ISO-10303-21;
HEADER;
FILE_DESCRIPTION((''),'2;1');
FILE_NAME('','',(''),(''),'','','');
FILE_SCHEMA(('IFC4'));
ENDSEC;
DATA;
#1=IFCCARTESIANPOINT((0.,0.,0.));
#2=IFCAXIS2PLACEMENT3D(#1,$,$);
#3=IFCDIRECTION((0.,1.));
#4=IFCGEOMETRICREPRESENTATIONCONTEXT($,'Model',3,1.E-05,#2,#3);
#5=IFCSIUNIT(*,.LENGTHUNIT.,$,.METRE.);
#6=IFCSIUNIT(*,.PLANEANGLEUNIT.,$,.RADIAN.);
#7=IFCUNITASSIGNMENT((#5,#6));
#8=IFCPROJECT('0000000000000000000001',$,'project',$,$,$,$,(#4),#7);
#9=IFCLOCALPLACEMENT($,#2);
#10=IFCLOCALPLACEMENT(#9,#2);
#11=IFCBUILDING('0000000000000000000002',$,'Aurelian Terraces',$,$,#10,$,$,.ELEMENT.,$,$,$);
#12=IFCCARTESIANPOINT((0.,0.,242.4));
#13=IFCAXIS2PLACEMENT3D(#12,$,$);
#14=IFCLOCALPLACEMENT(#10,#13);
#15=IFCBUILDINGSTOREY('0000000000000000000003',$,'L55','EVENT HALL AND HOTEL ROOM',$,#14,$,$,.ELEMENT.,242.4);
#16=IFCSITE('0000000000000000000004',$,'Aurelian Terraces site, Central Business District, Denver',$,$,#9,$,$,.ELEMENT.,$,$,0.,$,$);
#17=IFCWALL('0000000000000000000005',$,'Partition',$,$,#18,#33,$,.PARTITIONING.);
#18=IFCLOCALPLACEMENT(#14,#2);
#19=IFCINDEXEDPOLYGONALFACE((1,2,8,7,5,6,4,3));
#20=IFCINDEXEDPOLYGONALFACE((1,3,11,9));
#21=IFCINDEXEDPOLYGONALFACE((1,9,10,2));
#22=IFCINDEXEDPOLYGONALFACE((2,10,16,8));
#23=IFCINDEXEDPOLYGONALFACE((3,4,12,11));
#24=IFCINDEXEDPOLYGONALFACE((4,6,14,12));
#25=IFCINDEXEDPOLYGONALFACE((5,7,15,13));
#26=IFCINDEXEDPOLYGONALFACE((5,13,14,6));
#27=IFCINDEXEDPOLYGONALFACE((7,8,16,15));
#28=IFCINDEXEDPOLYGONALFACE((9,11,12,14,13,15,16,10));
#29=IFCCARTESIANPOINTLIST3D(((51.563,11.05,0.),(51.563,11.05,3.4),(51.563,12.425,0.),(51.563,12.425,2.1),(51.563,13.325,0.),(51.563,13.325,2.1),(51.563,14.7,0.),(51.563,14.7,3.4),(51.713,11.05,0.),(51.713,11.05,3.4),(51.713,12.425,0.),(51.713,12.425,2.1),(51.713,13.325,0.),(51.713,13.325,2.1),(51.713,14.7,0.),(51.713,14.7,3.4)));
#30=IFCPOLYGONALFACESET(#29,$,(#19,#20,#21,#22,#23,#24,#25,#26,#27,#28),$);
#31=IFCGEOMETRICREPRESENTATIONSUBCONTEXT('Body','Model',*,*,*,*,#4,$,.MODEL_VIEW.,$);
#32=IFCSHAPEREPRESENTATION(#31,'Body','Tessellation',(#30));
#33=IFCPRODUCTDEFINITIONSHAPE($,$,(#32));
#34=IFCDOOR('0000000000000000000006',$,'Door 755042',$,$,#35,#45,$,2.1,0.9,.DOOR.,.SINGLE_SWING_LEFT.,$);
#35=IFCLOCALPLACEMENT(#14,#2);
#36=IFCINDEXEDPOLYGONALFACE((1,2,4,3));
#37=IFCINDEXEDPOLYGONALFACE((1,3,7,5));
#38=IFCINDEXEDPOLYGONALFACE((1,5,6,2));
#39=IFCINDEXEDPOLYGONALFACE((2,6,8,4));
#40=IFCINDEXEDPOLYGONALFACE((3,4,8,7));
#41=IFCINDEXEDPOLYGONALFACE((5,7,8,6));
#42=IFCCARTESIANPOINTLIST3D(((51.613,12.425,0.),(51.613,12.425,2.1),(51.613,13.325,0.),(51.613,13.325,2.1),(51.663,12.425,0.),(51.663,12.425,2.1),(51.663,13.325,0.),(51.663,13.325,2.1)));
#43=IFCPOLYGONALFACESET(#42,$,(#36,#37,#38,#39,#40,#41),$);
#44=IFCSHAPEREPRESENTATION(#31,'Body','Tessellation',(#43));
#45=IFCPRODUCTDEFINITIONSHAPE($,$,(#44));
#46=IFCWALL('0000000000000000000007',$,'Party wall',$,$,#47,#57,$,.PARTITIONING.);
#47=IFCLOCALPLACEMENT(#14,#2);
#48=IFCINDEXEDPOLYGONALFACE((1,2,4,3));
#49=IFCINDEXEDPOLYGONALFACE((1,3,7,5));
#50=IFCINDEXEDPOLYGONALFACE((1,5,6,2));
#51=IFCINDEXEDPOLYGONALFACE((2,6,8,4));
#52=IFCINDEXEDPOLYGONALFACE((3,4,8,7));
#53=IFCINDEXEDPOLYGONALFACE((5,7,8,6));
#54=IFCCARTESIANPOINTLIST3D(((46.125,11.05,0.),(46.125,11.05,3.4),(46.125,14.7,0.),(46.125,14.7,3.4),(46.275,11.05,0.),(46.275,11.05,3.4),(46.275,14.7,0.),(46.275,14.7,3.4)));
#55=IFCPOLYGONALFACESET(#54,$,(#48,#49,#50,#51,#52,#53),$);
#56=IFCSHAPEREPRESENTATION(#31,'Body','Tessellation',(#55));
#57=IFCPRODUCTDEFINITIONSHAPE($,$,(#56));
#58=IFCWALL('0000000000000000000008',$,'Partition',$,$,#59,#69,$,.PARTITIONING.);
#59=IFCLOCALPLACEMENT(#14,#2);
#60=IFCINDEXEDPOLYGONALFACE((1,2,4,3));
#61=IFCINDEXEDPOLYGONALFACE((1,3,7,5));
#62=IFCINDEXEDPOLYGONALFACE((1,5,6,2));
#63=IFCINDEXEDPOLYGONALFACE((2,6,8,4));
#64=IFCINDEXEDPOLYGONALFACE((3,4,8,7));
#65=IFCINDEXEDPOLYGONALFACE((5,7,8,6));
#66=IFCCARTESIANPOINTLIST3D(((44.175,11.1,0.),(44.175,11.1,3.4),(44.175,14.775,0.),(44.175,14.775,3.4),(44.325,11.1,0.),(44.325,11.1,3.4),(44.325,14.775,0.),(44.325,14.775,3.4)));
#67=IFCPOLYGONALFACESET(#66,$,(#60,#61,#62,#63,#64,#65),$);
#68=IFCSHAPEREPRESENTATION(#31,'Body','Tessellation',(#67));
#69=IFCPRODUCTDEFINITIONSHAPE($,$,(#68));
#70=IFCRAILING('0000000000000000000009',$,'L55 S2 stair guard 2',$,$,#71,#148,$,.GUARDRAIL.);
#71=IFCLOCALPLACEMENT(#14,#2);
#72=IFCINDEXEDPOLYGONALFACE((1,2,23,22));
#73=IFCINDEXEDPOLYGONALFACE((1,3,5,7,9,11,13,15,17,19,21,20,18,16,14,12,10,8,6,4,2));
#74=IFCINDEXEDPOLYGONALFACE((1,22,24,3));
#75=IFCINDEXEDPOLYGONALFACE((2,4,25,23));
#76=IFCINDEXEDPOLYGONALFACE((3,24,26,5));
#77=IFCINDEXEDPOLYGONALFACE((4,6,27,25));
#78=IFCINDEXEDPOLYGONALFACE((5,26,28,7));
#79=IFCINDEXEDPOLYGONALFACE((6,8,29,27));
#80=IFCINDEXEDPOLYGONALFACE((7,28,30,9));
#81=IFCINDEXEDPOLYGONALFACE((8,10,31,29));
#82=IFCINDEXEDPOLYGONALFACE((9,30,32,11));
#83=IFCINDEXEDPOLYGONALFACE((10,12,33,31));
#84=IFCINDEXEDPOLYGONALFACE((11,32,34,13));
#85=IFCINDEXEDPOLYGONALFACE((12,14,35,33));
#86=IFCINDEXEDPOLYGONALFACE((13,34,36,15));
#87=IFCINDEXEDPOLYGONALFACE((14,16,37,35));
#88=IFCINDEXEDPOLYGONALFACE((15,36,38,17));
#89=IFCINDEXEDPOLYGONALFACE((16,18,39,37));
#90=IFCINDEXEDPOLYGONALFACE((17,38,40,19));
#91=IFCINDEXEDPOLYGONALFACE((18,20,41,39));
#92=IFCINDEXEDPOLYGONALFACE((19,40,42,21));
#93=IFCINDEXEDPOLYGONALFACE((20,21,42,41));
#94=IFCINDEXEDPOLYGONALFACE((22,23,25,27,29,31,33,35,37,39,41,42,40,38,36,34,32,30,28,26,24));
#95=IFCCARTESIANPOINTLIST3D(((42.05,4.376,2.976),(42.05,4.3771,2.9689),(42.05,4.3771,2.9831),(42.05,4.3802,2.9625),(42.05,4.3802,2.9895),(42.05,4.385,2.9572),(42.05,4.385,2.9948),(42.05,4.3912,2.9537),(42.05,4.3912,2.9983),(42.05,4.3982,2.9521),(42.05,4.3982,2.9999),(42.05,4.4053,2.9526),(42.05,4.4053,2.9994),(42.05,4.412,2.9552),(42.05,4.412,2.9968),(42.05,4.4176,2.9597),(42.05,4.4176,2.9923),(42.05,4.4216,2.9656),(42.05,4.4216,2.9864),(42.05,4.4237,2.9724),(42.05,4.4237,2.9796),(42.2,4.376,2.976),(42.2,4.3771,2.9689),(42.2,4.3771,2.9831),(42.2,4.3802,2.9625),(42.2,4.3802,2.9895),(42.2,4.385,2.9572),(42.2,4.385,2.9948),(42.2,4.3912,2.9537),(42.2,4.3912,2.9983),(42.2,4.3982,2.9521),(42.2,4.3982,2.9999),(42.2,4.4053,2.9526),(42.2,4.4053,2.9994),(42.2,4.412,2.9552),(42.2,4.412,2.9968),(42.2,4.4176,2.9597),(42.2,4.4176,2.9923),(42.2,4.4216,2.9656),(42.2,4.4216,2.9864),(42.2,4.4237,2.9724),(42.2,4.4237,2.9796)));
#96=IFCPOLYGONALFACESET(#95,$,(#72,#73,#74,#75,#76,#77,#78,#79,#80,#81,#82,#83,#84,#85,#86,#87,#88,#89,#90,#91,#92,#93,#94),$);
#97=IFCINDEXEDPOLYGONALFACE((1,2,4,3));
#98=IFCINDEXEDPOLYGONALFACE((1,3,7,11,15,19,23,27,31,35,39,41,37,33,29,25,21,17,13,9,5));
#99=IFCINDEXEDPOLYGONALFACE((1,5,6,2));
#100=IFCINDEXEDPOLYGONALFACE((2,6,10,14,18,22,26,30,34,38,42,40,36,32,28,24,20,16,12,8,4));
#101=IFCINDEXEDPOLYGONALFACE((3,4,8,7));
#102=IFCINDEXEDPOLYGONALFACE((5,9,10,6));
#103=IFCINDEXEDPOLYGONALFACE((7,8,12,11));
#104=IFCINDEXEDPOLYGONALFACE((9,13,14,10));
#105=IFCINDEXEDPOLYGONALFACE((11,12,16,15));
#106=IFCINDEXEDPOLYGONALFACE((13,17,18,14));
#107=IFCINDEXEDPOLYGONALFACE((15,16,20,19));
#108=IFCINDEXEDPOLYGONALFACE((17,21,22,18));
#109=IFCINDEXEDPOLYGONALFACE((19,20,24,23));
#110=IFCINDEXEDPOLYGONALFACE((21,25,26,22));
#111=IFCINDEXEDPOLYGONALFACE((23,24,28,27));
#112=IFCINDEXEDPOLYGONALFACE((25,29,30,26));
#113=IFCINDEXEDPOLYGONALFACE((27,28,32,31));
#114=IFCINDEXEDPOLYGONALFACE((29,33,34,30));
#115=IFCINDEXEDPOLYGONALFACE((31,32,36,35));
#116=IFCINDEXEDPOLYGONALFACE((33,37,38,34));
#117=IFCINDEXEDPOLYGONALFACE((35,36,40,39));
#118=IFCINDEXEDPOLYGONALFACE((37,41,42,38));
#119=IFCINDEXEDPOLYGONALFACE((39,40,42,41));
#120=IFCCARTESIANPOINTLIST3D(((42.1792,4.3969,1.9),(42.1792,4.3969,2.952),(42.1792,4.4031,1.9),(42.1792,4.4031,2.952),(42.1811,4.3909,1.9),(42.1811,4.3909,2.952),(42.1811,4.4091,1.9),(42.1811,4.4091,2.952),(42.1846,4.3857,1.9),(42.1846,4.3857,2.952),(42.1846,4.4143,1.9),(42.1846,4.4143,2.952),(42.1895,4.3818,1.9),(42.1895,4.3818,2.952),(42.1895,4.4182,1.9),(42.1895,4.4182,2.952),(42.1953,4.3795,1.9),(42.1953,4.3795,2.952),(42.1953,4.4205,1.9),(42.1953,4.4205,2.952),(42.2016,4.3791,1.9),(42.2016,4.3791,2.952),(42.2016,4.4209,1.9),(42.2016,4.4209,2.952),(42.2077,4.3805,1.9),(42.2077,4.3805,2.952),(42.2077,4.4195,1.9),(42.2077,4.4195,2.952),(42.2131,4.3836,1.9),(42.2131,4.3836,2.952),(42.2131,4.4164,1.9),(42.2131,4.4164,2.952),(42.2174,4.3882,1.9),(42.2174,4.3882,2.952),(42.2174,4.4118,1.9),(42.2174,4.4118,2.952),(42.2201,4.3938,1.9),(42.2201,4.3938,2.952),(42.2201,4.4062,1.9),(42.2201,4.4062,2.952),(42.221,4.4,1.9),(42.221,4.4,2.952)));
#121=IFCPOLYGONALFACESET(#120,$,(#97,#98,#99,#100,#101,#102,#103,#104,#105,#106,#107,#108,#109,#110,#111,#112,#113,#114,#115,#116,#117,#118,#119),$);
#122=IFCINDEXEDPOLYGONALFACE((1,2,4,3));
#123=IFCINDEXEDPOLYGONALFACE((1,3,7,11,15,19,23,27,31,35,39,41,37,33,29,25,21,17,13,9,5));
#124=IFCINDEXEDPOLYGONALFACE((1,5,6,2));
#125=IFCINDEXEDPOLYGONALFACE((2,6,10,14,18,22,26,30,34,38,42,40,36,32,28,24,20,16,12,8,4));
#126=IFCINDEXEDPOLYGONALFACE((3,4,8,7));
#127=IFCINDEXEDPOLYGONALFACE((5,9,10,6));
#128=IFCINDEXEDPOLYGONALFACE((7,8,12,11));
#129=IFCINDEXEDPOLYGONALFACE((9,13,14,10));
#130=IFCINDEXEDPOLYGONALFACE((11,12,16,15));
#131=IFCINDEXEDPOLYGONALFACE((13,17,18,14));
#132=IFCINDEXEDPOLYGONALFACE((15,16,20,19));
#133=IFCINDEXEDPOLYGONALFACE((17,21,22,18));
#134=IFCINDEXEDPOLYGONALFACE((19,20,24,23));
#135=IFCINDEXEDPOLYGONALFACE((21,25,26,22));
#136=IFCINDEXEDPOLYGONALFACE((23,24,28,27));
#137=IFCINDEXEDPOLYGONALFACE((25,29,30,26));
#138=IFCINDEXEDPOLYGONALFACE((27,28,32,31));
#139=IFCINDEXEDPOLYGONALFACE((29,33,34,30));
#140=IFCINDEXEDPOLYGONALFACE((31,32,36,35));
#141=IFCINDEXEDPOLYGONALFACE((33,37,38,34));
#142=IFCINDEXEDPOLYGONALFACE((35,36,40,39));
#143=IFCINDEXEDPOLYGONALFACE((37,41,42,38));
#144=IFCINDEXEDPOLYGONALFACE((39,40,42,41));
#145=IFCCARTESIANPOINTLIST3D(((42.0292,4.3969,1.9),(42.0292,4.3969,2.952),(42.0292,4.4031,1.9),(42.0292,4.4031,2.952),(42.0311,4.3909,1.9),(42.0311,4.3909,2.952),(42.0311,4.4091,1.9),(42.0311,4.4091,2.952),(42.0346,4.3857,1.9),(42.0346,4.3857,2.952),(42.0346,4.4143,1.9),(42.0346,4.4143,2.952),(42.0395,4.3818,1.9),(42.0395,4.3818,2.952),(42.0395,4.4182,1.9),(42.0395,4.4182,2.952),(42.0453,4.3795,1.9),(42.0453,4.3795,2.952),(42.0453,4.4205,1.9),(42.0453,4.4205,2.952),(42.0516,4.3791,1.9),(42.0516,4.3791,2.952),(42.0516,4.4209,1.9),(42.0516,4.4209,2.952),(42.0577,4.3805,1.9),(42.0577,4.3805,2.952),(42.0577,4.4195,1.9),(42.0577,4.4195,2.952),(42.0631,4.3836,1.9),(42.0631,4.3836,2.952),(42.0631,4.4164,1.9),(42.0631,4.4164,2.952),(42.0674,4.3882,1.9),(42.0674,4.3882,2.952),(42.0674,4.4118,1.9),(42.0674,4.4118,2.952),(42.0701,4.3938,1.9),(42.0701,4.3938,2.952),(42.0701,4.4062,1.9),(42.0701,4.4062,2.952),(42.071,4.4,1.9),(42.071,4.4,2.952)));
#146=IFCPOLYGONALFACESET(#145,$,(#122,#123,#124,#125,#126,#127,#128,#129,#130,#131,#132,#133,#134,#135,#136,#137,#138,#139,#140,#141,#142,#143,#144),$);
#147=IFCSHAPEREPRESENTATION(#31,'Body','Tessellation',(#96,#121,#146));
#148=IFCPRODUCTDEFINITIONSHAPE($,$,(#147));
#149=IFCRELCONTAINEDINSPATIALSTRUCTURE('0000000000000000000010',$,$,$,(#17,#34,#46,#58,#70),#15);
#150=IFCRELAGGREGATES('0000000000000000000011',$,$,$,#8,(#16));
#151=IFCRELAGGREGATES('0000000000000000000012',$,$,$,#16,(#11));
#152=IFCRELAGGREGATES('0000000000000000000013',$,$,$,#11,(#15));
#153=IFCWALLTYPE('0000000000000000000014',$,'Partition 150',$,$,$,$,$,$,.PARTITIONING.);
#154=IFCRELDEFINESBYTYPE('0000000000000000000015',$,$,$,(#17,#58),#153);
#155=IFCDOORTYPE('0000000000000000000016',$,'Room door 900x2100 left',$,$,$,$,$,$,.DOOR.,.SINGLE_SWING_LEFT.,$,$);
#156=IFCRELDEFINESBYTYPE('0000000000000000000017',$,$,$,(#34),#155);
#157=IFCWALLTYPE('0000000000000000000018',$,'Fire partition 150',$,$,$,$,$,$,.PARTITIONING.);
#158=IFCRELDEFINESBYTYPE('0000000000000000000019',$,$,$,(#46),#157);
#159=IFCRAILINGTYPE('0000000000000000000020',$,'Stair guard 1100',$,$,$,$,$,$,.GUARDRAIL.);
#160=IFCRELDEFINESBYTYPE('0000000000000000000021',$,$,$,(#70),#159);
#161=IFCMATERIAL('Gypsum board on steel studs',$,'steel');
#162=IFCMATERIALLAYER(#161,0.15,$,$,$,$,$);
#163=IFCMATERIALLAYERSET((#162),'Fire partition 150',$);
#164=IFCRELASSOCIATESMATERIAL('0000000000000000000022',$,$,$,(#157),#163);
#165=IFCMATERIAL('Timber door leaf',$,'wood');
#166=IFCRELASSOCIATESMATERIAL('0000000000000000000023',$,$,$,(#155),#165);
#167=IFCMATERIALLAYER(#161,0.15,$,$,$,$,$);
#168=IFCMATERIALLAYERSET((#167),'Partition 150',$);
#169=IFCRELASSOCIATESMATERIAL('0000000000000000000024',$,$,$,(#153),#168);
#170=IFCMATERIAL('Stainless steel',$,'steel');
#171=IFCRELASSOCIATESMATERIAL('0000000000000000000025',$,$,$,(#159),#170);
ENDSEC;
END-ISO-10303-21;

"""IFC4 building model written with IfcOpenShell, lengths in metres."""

from ifc_helpers import new_model, si_unit, direction, frame, frame_2d, origin, origin_2d, place, context, subcontext, project, spatial, rectangle, circle, extrude, source, transform, mapped, material, layer, layer_set, type_object, element, fill, save


model = new_model("IFC4")

# Units and contexts
model_context = context("Model", 3, precision=1e-05, world=origin(), true_north=direction((0.0, 1.0)))
body_context = subcontext(model_context, "Body", "Model", "MODEL_VIEW")
ifc_project = project(units=[si_unit("LENGTHUNIT", "METRE"), si_unit("PLANEANGLEUNIT", "RADIAN")], contexts=[model_context])

# Site, building, storey
site_placement = place(None, origin())
site = spatial("IfcSite", under=ifc_project, at=site_placement, Name="Aurelian Terraces site, Central Business District, Denver", CompositionType="ELEMENT", RefElevation=0.0)
building_placement = place(site_placement, origin())
building = spatial("IfcBuilding", under=site, at=building_placement, Name="Aurelian Terraces", CompositionType="ELEMENT")
storey_placement = place(building_placement, frame((0.0, 0.0, 242.4)))
storey = spatial("IfcBuildingStorey", under=building, at=storey_placement, Name="L55", Description="EVENT HALL AND HOTEL ROOM", CompositionType="ELEMENT", Elevation=242.4)

# Shared definitions
ifc_material_1 = material(Name="Gypsum board on steel studs", Category="steel")

# Shared definitions
ifc_layer_1 = layer(ifc_material_1, 0.15)
ifc_layer_set_1 = layer_set([ifc_layer_1], Name="Fire partition 150")
wall_type_1 = type_object("IfcWallType", Name="Fire partition 150", PredefinedType="PARTITIONING", material=ifc_layer_set_1)
shared_shape_1 = source(origin(), body_context, "Body", "SweptSolid", [
    extrude(rectangle(XDim=0.9, YDim=2.1, at=frame_2d((0.45, 1.05))), frame((0.0, 0.085, 0.0), z_axis=(0.0, -1.0, 0.0), x_axis=(1.0, 0.0, 0.0)), (0.0, 0.0, 1.0), 0.17),
])
ifc_material_2 = material(Name="Timber door leaf", Category="wood")
door_type_1 = type_object("IfcDoorType", Name="Room door 900x2100 left", OperationType="SINGLE_SWING_LEFT", PredefinedType="DOOR", material=ifc_material_2)
shared_shape_2 = source(origin(), body_context, "Body", "SweptSolid", [
    extrude(rectangle(XDim=0.9, YDim=2.1, at=frame_2d((0.45, 1.05))), frame((0.0, 0.025, 0.0), z_axis=(0.0, -1.0, 0.0), x_axis=(1.0, 0.0, 0.0)), (0.0, 0.0, 1.0), 0.05),
])
ifc_layer_2 = layer(ifc_material_1, 0.15)
ifc_layer_set_2 = layer_set([ifc_layer_2], Name="Partition 150")
wall_type_2 = type_object("IfcWallType", Name="Partition 150", PredefinedType="PARTITIONING", material=ifc_layer_set_2)

# Shared definitions
shared_shape_3 = source(origin(), body_context, "Body", "SweptSolid", [
    extrude(rectangle(XDim=3.65, YDim=0.15, at=frame_2d((1.825, 0.0))), origin(), (0.0, 0.0, 1.0), 3.4),
])

# Wall, opening, door
wall_1_placement = place(storey_placement, frame((51.638, 11.05, 0.0), z_axis=(0.0, 0.0, 1.0), x_axis=(0.0, 1.0, 0.0)))
wall_1 = element("IfcWall", 1, at=wall_1_placement, inside=storey, type_object=wall_type_2, Name="Partition", PredefinedType="PARTITIONING", context=body_context, shape_type="MappedRepresentation", body=[
    mapped(shared_shape_3, transform((0.0, 0.0, 0.0), scale=1.0)),
])
opening_1_placement = place(wall_1_placement, frame((1.375, 0.0, 0.0)))
opening_1 = element("IfcOpeningElement", 2, at=opening_1_placement, cuts=wall_1, PredefinedType="OPENING", context=body_context, shape_type="MappedRepresentation", body=[
    mapped(shared_shape_1, transform((0.0, 0.0, 0.0), scale=1.0)),
])
door_1_placement = place(opening_1_placement, origin())
door_1 = element("IfcDoor", 3, at=door_1_placement, inside=storey, type_object=door_type_1, Name="Door 755042", OperationType="SINGLE_SWING_LEFT", OverallHeight=2.1, OverallWidth=0.9, PredefinedType="DOOR", context=body_context, shape_type="MappedRepresentation", body=[
    mapped(shared_shape_2, transform((0.0, 0.0, 0.0), scale=1.0)),
])
fill(opening_1, door_1)

# Walls
wall_2_placement = place(storey_placement, frame((46.2, 11.05, 0.0), z_axis=(0.0, 0.0, 1.0), x_axis=(0.0, 1.0, 0.0)))
element("IfcWall", 4, at=wall_2_placement, inside=storey, type_object=wall_type_1, Name="Party wall", PredefinedType="PARTITIONING", context=body_context, shape_type="MappedRepresentation", body=[
    mapped(shared_shape_3, transform((0.0, 0.0, 0.0), scale=1.0)),
])
shared_shape_4 = source(origin(), body_context, "Body", "SweptSolid", [
    extrude(rectangle(XDim=3.675, YDim=0.15, at=frame_2d((1.8375, 0.0))), origin(), (0.0, 0.0, 1.0), 3.4),
])
wall_3_placement = place(storey_placement, frame((44.25, 11.1, 0.0), z_axis=(0.0, 0.0, 1.0), x_axis=(0.0, 1.0, 0.0)))
element("IfcWall", 5, at=wall_3_placement, inside=storey, type_object=wall_type_2, Name="Partition", PredefinedType="PARTITIONING", context=body_context, shape_type="MappedRepresentation", body=[
    mapped(shared_shape_4, transform((0.0, 0.0, 0.0), scale=1.0)),
])

# Railing
ifc_material_3 = material(Name="Stainless steel", Category="steel")
railing_type = type_object("IfcRailingType", Name="Stair guard 1100", PredefinedType="GUARDRAIL", material=ifc_material_3)
shared_shape_5 = source(origin(), body_context, "Body", "SweptSolid", [
    extrude(circle(Radius=0.024, at=origin_2d()), frame((0.0, 0.0, 1.076), z_axis=(-1.0, 0.0, 0.0), x_axis=(0.0, -1.0, 0.0)), (0.0, 0.0, 1.0), 0.15),
    extrude(circle(Radius=0.021, at=origin_2d()), origin(), (0.0, 0.0, 1.0), 1.052),
    extrude(circle(Radius=0.021, at=origin_2d()), frame((-0.15, 0.0, 0.0)), (0.0, 0.0, 1.0), 1.052),
])
railing_placement = place(storey_placement, frame((42.2, 4.4, 1.9)))
element("IfcRailing", 6, at=railing_placement, inside=storey, type_object=railing_type, Name="L55 S2 stair guard 2", PredefinedType="GUARDRAIL", context=body_context, shape_type="MappedRepresentation", body=[
    mapped(shared_shape_5, transform((0.0, 0.0, 0.0), scale=1.0)),
])

save(model, "model.ifc")
